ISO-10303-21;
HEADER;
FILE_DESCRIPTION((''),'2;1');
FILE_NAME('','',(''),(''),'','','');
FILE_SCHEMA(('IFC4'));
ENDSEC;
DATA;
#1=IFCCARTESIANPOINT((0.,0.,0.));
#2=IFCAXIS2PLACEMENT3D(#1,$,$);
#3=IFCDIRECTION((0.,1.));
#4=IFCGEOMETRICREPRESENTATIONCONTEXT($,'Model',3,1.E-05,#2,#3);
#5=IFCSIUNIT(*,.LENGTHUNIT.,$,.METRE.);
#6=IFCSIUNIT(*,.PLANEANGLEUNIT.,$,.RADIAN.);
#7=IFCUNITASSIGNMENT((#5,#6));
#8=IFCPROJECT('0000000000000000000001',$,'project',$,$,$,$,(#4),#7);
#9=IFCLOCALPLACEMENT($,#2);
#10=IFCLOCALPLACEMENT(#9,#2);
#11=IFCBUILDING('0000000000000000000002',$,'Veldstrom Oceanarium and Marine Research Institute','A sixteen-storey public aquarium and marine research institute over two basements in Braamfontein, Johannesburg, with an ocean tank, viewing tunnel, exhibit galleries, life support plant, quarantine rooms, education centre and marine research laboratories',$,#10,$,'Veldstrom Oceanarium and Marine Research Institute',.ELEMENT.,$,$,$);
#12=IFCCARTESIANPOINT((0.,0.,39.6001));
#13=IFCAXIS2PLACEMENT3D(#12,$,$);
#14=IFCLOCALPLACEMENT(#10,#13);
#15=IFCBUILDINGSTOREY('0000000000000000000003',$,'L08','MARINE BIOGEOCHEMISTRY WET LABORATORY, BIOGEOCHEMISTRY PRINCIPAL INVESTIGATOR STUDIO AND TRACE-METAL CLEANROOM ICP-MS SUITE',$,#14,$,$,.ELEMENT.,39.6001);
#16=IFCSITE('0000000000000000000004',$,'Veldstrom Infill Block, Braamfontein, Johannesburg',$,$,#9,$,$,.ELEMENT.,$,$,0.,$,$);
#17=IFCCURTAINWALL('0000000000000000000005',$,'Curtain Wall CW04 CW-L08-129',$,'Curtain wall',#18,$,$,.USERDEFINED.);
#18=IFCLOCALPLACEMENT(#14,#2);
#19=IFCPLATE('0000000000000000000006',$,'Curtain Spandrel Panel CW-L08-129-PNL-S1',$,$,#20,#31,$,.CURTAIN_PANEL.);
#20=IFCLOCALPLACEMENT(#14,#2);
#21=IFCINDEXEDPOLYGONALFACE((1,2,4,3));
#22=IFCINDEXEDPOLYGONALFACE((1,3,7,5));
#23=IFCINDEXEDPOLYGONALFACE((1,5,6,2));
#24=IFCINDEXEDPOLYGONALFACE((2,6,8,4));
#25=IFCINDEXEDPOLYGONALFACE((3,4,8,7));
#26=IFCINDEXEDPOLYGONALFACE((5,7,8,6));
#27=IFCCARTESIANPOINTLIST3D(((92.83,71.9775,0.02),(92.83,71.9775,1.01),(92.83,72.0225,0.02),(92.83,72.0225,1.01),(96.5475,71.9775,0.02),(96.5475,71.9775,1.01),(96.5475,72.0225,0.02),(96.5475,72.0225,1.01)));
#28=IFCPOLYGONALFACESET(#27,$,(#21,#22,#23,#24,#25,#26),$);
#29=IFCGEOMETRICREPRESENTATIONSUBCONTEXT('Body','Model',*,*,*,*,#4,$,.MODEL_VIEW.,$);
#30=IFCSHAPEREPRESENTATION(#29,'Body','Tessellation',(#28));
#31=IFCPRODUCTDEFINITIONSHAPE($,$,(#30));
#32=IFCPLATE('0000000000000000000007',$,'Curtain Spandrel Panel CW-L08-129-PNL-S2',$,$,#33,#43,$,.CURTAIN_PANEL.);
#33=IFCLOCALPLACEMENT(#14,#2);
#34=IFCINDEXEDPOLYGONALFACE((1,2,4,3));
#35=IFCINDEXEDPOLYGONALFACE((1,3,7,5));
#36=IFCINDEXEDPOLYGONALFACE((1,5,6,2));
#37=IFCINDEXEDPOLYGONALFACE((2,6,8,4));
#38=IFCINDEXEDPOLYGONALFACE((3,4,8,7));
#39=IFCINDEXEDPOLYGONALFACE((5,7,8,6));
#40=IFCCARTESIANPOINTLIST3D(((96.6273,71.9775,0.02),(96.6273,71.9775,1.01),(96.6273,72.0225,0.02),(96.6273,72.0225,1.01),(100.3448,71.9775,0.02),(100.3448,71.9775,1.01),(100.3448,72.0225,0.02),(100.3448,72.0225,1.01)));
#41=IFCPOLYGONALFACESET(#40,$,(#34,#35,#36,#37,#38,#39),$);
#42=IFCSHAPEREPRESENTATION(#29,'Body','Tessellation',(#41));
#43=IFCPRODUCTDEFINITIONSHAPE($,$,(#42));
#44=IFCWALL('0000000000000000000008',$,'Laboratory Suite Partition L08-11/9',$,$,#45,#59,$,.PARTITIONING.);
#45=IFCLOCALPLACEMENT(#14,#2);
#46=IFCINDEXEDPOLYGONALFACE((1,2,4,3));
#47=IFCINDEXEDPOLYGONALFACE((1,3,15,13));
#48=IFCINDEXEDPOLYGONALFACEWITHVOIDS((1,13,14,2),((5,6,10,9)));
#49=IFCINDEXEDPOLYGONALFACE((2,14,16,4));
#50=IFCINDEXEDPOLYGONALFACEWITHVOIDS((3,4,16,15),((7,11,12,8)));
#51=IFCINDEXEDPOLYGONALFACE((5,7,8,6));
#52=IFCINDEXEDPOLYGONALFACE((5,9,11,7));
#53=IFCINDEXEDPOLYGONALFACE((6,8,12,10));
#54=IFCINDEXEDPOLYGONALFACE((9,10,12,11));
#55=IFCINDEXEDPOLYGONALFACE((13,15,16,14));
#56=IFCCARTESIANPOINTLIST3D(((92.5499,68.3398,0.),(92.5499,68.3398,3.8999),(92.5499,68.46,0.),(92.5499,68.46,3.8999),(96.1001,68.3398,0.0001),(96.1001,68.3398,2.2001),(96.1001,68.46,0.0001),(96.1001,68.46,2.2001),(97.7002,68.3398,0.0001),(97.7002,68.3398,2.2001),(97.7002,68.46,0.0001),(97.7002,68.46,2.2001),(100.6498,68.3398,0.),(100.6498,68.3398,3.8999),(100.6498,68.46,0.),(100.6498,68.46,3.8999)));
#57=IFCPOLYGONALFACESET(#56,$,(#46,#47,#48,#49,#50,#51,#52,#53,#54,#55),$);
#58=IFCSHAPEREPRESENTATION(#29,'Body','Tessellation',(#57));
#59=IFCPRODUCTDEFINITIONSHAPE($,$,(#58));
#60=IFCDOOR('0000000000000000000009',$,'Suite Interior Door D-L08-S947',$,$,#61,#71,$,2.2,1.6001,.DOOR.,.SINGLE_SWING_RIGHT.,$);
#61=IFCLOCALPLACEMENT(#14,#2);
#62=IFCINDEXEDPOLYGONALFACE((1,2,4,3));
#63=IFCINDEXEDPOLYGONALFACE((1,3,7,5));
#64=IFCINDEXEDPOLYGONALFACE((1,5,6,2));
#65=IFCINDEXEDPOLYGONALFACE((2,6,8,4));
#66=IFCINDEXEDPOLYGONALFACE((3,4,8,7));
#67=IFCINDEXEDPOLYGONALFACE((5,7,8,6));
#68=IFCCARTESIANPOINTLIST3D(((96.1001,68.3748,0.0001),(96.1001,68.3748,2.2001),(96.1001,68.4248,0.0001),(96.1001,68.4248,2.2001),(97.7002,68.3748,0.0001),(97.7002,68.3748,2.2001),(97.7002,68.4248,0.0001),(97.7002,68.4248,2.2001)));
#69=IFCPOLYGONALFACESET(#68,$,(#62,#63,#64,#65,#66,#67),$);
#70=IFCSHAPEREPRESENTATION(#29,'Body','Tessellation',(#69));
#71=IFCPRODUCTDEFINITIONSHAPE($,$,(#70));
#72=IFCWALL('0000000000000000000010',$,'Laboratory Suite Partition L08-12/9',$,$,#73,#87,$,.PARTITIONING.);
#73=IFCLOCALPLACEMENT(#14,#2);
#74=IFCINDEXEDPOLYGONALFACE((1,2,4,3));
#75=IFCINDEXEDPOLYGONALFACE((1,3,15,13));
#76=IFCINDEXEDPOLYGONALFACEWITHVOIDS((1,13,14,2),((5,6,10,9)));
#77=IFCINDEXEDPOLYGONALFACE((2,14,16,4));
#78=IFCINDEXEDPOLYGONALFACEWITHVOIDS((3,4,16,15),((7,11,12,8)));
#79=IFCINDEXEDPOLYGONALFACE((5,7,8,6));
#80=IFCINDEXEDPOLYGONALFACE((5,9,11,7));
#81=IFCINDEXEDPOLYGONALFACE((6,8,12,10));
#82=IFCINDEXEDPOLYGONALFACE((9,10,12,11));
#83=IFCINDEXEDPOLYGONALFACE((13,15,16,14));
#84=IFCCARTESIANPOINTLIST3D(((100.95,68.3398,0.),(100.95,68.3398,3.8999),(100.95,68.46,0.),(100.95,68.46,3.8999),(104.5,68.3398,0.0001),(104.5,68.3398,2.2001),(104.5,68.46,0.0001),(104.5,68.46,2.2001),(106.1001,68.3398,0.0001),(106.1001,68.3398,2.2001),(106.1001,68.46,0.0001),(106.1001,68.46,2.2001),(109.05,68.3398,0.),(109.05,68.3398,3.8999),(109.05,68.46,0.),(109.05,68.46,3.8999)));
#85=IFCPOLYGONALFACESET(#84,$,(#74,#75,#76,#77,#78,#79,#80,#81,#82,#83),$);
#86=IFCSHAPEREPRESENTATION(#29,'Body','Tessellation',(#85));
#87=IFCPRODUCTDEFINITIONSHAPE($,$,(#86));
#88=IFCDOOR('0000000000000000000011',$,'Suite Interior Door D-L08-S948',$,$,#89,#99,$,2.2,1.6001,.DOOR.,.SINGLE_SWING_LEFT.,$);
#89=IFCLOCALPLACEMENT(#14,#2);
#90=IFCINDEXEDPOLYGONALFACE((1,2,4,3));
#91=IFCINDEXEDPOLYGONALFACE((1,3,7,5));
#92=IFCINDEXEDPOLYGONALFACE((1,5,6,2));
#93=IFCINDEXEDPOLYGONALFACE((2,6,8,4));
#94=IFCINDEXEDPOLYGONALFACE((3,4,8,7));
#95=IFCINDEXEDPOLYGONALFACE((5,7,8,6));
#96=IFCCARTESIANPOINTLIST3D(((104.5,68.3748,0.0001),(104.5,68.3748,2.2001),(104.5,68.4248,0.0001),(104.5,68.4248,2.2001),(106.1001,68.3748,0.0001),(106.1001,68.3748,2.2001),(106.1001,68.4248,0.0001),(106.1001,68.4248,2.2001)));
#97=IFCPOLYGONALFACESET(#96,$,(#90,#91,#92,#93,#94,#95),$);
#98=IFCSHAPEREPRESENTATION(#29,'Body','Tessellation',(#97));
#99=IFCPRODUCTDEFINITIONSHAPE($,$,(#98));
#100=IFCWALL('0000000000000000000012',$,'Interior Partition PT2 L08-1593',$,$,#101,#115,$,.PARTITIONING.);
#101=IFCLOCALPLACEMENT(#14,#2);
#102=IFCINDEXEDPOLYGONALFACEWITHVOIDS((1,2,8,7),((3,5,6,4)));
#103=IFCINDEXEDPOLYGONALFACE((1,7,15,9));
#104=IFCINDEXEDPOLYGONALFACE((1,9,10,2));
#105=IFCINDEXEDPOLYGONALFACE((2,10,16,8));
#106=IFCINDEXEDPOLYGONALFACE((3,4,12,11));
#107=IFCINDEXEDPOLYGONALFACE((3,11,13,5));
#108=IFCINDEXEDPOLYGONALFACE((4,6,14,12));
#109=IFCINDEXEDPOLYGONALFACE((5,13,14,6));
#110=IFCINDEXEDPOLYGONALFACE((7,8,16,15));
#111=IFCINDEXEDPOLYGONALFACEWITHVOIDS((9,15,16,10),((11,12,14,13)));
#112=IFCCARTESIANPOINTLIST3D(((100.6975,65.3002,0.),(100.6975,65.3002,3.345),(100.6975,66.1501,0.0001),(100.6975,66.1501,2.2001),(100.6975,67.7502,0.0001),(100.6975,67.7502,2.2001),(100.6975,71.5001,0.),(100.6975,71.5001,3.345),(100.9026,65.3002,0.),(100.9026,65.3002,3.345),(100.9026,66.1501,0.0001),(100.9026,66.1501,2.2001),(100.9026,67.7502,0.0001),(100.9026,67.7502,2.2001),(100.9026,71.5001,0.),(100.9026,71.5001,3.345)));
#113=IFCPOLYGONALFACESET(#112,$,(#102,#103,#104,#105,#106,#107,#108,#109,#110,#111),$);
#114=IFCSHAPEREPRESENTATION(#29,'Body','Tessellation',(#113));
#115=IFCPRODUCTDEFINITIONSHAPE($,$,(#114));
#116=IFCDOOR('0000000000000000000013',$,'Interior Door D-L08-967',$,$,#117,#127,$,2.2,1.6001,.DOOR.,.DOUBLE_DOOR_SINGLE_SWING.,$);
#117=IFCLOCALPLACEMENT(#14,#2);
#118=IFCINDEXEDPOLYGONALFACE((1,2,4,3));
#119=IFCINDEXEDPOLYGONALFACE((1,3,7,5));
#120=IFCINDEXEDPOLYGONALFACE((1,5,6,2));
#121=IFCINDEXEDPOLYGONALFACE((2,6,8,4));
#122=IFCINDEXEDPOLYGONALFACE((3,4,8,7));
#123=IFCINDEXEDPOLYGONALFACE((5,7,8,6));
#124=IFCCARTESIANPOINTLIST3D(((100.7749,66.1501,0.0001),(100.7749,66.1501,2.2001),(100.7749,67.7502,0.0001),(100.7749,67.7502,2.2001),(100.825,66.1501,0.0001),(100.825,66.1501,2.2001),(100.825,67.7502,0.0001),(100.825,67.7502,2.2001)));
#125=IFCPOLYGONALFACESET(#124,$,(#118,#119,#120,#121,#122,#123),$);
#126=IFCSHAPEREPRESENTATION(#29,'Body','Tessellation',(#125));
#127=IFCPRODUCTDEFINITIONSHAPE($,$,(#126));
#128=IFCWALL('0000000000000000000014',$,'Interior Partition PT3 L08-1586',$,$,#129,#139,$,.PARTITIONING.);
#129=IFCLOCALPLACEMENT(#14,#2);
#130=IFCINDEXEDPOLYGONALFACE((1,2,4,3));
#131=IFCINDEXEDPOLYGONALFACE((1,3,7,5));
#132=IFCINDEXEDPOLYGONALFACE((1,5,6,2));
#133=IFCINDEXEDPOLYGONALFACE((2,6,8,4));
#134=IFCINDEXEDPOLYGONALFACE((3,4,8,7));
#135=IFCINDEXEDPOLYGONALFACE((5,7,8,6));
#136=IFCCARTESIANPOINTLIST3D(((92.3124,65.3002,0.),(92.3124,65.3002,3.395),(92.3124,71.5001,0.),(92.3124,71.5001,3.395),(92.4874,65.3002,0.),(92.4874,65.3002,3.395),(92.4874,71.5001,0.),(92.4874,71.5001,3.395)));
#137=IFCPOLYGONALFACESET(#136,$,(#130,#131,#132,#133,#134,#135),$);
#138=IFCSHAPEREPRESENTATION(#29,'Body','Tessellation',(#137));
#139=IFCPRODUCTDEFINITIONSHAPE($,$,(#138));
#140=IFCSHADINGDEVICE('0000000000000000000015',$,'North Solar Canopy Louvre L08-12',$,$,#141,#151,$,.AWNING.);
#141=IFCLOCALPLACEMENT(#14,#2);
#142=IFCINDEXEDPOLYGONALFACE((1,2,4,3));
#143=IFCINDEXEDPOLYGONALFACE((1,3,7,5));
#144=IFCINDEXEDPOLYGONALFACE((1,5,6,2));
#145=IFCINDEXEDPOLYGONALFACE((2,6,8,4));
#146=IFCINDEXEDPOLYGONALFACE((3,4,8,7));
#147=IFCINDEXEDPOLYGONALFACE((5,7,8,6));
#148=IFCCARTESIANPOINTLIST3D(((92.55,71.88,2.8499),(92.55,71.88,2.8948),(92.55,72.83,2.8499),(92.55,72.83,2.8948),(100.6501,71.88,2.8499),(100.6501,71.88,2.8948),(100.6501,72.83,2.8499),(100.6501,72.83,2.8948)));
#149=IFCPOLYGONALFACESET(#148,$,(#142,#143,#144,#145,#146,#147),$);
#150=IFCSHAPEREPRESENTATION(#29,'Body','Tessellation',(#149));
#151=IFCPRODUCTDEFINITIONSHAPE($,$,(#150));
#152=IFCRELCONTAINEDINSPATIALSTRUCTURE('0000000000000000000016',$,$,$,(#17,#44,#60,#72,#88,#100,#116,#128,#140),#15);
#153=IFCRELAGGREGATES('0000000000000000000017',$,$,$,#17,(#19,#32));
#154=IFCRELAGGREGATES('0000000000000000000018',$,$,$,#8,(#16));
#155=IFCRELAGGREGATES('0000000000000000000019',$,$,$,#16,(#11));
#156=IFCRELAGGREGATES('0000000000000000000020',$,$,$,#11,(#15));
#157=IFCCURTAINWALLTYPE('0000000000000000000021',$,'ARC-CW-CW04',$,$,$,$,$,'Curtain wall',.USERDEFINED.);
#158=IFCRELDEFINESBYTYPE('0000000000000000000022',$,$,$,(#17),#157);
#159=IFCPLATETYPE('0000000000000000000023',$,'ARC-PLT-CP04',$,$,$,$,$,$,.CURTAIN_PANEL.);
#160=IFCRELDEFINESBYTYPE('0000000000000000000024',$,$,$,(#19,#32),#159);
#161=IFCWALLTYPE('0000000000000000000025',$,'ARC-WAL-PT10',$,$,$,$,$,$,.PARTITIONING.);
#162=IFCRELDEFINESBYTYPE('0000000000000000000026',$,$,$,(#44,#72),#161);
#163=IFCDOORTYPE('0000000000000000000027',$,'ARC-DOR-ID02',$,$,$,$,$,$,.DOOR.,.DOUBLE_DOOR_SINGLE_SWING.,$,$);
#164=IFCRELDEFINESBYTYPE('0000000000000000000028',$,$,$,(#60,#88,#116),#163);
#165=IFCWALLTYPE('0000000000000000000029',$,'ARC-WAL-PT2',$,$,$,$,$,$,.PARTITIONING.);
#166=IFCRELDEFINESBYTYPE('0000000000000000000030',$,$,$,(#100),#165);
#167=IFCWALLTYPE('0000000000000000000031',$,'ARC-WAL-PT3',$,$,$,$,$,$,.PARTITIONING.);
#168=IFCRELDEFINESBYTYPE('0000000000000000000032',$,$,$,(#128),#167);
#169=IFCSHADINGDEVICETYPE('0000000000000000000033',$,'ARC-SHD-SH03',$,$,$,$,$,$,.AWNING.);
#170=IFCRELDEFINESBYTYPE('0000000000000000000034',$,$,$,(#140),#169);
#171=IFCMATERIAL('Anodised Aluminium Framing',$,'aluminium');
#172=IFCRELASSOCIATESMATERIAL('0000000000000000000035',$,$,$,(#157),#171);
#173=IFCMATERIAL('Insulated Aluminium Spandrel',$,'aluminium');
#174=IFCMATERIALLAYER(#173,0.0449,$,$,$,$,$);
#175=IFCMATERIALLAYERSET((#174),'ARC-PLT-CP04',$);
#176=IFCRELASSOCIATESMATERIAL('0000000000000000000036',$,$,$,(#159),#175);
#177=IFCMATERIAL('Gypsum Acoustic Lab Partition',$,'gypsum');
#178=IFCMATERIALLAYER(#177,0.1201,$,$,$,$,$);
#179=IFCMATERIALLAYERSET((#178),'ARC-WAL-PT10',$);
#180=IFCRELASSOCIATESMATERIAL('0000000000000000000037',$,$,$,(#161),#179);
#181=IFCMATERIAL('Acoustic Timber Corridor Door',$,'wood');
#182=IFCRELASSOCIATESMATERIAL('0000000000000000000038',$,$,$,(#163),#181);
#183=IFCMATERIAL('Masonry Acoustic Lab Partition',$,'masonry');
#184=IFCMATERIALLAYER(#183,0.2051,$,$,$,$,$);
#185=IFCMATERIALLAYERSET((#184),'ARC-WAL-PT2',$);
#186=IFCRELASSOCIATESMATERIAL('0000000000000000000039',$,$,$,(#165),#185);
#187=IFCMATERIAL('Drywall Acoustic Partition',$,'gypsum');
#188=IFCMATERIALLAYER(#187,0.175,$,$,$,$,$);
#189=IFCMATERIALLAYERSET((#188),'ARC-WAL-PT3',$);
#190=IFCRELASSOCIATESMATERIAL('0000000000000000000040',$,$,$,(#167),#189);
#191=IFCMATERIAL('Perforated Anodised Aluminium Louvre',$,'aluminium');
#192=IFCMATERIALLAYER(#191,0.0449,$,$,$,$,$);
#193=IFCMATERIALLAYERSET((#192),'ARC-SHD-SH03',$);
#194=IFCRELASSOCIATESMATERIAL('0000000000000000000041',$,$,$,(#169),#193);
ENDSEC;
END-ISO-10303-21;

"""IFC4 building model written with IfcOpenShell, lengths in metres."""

from ifc_helpers import new_model, si_unit, direction, frame, frame_2d, origin, origin_2d, place, context, subcontext, project, spatial, rectangle, extrude, material, layer, layer_set, type_object, element, fill, aggregate, save


model = new_model("IFC4")

# Units and contexts
model_context = context("Model", 3, precision=1e-05, world=origin(), true_north=direction((0.0, 1.0)))
body_context = subcontext(model_context, "Body", "Model", "MODEL_VIEW")
ifc_project = project(units=[si_unit("LENGTHUNIT", "METRE"), si_unit("PLANEANGLEUNIT", "RADIAN")], contexts=[model_context])

# Site, building, storey
site_placement = place(None, origin())
site = spatial("IfcSite", under=ifc_project, at=site_placement, Name="Veldstrom Infill Block, Braamfontein, Johannesburg", CompositionType="ELEMENT", RefElevation=0.0)
building_placement = place(site_placement, origin())
building = spatial("IfcBuilding", under=site, at=building_placement, Name="Veldstrom Oceanarium and Marine Research Institute", Description="A sixteen-storey public aquarium and marine research institute over two basements in Braamfontein, Johannesburg, with an ocean tank, viewing tunnel, exhibit galleries, life support plant, quarantine rooms, education centre and marine research laboratories", LongName="Veldstrom Oceanarium and Marine Research Institute", CompositionType="ELEMENT")
storey_placement = place(building_placement, frame((0.0, 0.0, 39.6001)))
storey = spatial("IfcBuildingStorey", under=building, at=storey_placement, Name="L08", Description="MARINE BIOGEOCHEMISTRY WET LABORATORY, BIOGEOCHEMISTRY PRINCIPAL INVESTIGATOR STUDIO AND TRACE-METAL CLEANROOM ICP-MS SUITE", CompositionType="ELEMENT", Elevation=39.6001)

# Shared definitions
ifc_material_1 = material(Name="Anodised Aluminium Framing", Category="aluminium")
curtain_wall_type = type_object("IfcCurtainWallType", Name="ARC-CW-CW04", ElementType="Curtain wall", PredefinedType="USERDEFINED", material=ifc_material_1)

# Curtain wall
curtain_wall_1_placement = place(storey_placement, origin())
curtain_wall_1 = element("IfcCurtainWall", 1, at=curtain_wall_1_placement, inside=storey, type_object=curtain_wall_type, Name="Curtain Wall CW04 CW-L08-129", ObjectType="Curtain wall", PredefinedType="USERDEFINED")

# Plates
ifc_material_2 = material(Name="Insulated Aluminium Spandrel", Category="aluminium")
ifc_layer_1 = layer(ifc_material_2, 0.0449)
ifc_layer_set_1 = layer_set([ifc_layer_1], Name="ARC-PLT-CP04")
plate_type_1 = type_object("IfcPlateType", Name="ARC-PLT-CP04", PredefinedType="CURTAIN_PANEL", material=ifc_layer_set_1)
plate_1_placement = place(storey_placement, frame((94.6887, 72.0, 0.02), z_axis=(0.0, 0.0, 1.0), x_axis=(1.0, 0.0, 0.0)))
plate_1 = element("IfcPlate", 2, at=plate_1_placement, type_object=plate_type_1, Name="Curtain Spandrel Panel CW-L08-129-PNL-S1", PredefinedType="CURTAIN_PANEL", context=body_context, shape_type="SweptSolid", body=[
    extrude(rectangle(XDim=3.7175, YDim=0.0449, at=origin_2d()), origin(), (0.0, 0.0, 1.0), 0.99),
])
plate_2_placement = place(storey_placement, frame((98.4861, 72.0, 0.02), z_axis=(0.0, 0.0, 1.0), x_axis=(1.0, 0.0, 0.0)))
plate_2 = element("IfcPlate", 3, at=plate_2_placement, type_object=plate_type_1, Name="Curtain Spandrel Panel CW-L08-129-PNL-S2", PredefinedType="CURTAIN_PANEL", context=body_context, shape_type="SweptSolid", body=[
    extrude(rectangle(XDim=3.7175, YDim=0.0449, at=origin_2d()), origin(), (0.0, 0.0, 1.0), 0.99),
])
aggregate(curtain_wall_1, [plate_1, plate_2])

# Walls, openings, doors
ifc_material_3 = material(Name="Gypsum Acoustic Lab Partition", Category="gypsum")
ifc_layer_2 = layer(ifc_material_3, 0.1201)
ifc_layer_set_2 = layer_set([ifc_layer_2], Name="ARC-WAL-PT10")
wall_type_1 = type_object("IfcWallType", Name="ARC-WAL-PT10", PredefinedType="PARTITIONING", material=ifc_layer_set_2)
wall_1_placement = place(storey_placement, frame((92.55, 68.3999, 0.0), z_axis=(0.0, 0.0, 1.0), x_axis=(1.0, 0.0, 0.0)))
wall_1 = element("IfcWall", 4, at=wall_1_placement, inside=storey, type_object=wall_type_1, Name="Laboratory Suite Partition L08-11/9", PredefinedType="PARTITIONING", context=body_context, shape_type="SweptSolid", body=[
    extrude(rectangle(XDim=8.0999, YDim=0.1201, at=frame_2d((4.0498, 0.0))), origin(), (0.0, 0.0, 1.0), 3.8999),
])
opening_1_placement = place(wall_1_placement, frame((3.55, 0.0, 0.0)))
opening_1 = element("IfcOpeningElement", 5, at=opening_1_placement, cuts=wall_1, PredefinedType="OPENING", context=body_context, shape_type="SweptSolid", body=[
    extrude(rectangle(XDim=1.6001, YDim=2.2, at=frame_2d((0.8, 1.1001))), frame((0.0, 0.0701, 0.0), z_axis=(0.0, -1.0, 0.0), x_axis=(1.0, 0.0, 0.0)), (0.0, 0.0, 1.0), 0.1401),
])
ifc_material_4 = material(Name="Acoustic Timber Corridor Door", Category="wood")
door_type = type_object("IfcDoorType", Name="ARC-DOR-ID02", OperationType="DOUBLE_DOOR_SINGLE_SWING", PredefinedType="DOOR", material=ifc_material_4)
door_1_placement = place(opening_1_placement, origin())
door_1 = element("IfcDoor", 6, at=door_1_placement, inside=storey, type_object=door_type, Name="Suite Interior Door D-L08-S947", OperationType="SINGLE_SWING_RIGHT", OverallHeight=2.2, OverallWidth=1.6001, PredefinedType="DOOR", context=body_context, shape_type="SweptSolid", body=[
    extrude(rectangle(XDim=1.6001, YDim=2.2, at=frame_2d((0.8, 1.1001))), frame((0.0, 0.0249, 0.0), z_axis=(0.0, -1.0, 0.0), x_axis=(1.0, 0.0, 0.0)), (0.0, 0.0, 1.0), 0.05),
])
fill(opening_1, door_1)
wall_2_placement = place(storey_placement, frame((100.95, 68.3999, 0.0), z_axis=(0.0, 0.0, 1.0), x_axis=(1.0, 0.0, 0.0)))
wall_2 = element("IfcWall", 7, at=wall_2_placement, inside=storey, type_object=wall_type_1, Name="Laboratory Suite Partition L08-12/9", PredefinedType="PARTITIONING", context=body_context, shape_type="SweptSolid", body=[
    extrude(rectangle(XDim=8.1001, YDim=0.1201, at=frame_2d((4.05, 0.0))), origin(), (0.0, 0.0, 1.0), 3.8999),
])
opening_2_placement = place(wall_2_placement, frame((3.55, 0.0, 0.0)))
opening_2 = element("IfcOpeningElement", 8, at=opening_2_placement, cuts=wall_2, PredefinedType="OPENING", context=body_context, shape_type="SweptSolid", body=[
    extrude(rectangle(XDim=1.6001, YDim=2.2, at=frame_2d((0.8, 1.1001))), frame((0.0, 0.0701, 0.0), z_axis=(0.0, -1.0, 0.0), x_axis=(1.0, 0.0, 0.0)), (0.0, 0.0, 1.0), 0.1401),
])
door_2_placement = place(opening_2_placement, origin())
door_2 = element("IfcDoor", 9, at=door_2_placement, inside=storey, type_object=door_type, Name="Suite Interior Door D-L08-S948", OperationType="SINGLE_SWING_LEFT", OverallHeight=2.2, OverallWidth=1.6001, PredefinedType="DOOR", context=body_context, shape_type="SweptSolid", body=[
    extrude(rectangle(XDim=1.6001, YDim=2.2, at=frame_2d((0.8, 1.1001))), frame((0.0, 0.0249, 0.0), z_axis=(0.0, -1.0, 0.0), x_axis=(1.0, 0.0, 0.0)), (0.0, 0.0, 1.0), 0.05),
])
fill(opening_2, door_2)
ifc_material_5 = material(Name="Masonry Acoustic Lab Partition", Category="masonry")
ifc_layer_3 = layer(ifc_material_5, 0.2051)
ifc_layer_set_3 = layer_set([ifc_layer_3], Name="ARC-WAL-PT2")
wall_type_2 = type_object("IfcWallType", Name="ARC-WAL-PT2", PredefinedType="PARTITIONING", material=ifc_layer_set_3)
wall_3_placement = place(storey_placement, frame((100.8, 65.3, 0.0), z_axis=(0.0, 0.0, 1.0), x_axis=(0.0, 1.0, 0.0)))
wall_3 = element("IfcWall", 10, at=wall_3_placement, inside=storey, type_object=wall_type_2, Name="Interior Partition PT2 L08-1593", PredefinedType="PARTITIONING", context=body_context, shape_type="SweptSolid", body=[
    extrude(rectangle(XDim=6.2, YDim=0.2051, at=frame_2d((3.1001, 0.0))), origin(), (0.0, 0.0, 1.0), 3.345),
])
opening_3_placement = place(wall_3_placement, frame((0.8501, 0.0, 0.0)))
opening_3 = element("IfcOpeningElement", 11, at=opening_3_placement, cuts=wall_3, PredefinedType="OPENING", context=body_context, shape_type="SweptSolid", body=[
    extrude(rectangle(XDim=1.6001, YDim=2.2, at=frame_2d((0.8, 1.1001))), frame((0.0, 0.1125, 0.0), z_axis=(0.0, -1.0, 0.0), x_axis=(1.0, 0.0, 0.0)), (0.0, 0.0, 1.0), 0.2251),
])
door_3_placement = place(opening_3_placement, frame((1.6001, 0.0, 0.0), z_axis=(0.0, 0.0, 1.0), x_axis=(-1.0, 0.0, 0.0)))
door_3 = element("IfcDoor", 12, at=door_3_placement, inside=storey, type_object=door_type, Name="Interior Door D-L08-967", OperationType="DOUBLE_DOOR_SINGLE_SWING", OverallHeight=2.2, OverallWidth=1.6001, PredefinedType="DOOR", context=body_context, shape_type="SweptSolid", body=[
    extrude(rectangle(XDim=1.6001, YDim=2.2, at=frame_2d((0.8, 1.1001))), frame((0.0, 0.0249, 0.0), z_axis=(0.0, -1.0, 0.0), x_axis=(1.0, 0.0, 0.0)), (0.0, 0.0, 1.0), 0.05),
])
fill(opening_3, door_3)

# Wall
ifc_material_6 = material(Name="Drywall Acoustic Partition", Category="gypsum")
ifc_layer_4 = layer(ifc_material_6, 0.175)
ifc_layer_set_4 = layer_set([ifc_layer_4], Name="ARC-WAL-PT3")
wall_type_3 = type_object("IfcWallType", Name="ARC-WAL-PT3", PredefinedType="PARTITIONING", material=ifc_layer_set_4)
wall_4_placement = place(storey_placement, frame((92.3999, 65.3, 0.0), z_axis=(0.0, 0.0, 1.0), x_axis=(0.0, 1.0, 0.0)))
element("IfcWall", 13, at=wall_4_placement, inside=storey, type_object=wall_type_3, Name="Interior Partition PT3 L08-1586", PredefinedType="PARTITIONING", context=body_context, shape_type="SweptSolid", body=[
    extrude(rectangle(XDim=6.2, YDim=0.175, at=frame_2d((3.1001, 0.0))), origin(), (0.0, 0.0, 1.0), 3.395),
])

# Shading device
ifc_material_7 = material(Name="Perforated Anodised Aluminium Louvre", Category="aluminium")
ifc_layer_5 = layer(ifc_material_7, 0.0449)
ifc_layer_set_5 = layer_set([ifc_layer_5], Name="ARC-SHD-SH03")
shading_device_type = type_object("IfcShadingDeviceType", Name="ARC-SHD-SH03", PredefinedType="AWNING", material=ifc_layer_set_5)
shading_device_placement = place(storey_placement, frame((96.6001, 72.355, 2.8499), z_axis=(0.0, 0.0, 1.0), x_axis=(1.0, 0.0, 0.0)))
element("IfcShadingDevice", 14, at=shading_device_placement, inside=storey, type_object=shading_device_type, Name="North Solar Canopy Louvre L08-12", PredefinedType="AWNING", context=body_context, shape_type="SweptSolid", body=[
    extrude(rectangle(XDim=8.1001, YDim=0.95, at=origin_2d()), origin(), (0.0, 0.0, 1.0), 0.0449),
])

save(model, "model.ifc")
